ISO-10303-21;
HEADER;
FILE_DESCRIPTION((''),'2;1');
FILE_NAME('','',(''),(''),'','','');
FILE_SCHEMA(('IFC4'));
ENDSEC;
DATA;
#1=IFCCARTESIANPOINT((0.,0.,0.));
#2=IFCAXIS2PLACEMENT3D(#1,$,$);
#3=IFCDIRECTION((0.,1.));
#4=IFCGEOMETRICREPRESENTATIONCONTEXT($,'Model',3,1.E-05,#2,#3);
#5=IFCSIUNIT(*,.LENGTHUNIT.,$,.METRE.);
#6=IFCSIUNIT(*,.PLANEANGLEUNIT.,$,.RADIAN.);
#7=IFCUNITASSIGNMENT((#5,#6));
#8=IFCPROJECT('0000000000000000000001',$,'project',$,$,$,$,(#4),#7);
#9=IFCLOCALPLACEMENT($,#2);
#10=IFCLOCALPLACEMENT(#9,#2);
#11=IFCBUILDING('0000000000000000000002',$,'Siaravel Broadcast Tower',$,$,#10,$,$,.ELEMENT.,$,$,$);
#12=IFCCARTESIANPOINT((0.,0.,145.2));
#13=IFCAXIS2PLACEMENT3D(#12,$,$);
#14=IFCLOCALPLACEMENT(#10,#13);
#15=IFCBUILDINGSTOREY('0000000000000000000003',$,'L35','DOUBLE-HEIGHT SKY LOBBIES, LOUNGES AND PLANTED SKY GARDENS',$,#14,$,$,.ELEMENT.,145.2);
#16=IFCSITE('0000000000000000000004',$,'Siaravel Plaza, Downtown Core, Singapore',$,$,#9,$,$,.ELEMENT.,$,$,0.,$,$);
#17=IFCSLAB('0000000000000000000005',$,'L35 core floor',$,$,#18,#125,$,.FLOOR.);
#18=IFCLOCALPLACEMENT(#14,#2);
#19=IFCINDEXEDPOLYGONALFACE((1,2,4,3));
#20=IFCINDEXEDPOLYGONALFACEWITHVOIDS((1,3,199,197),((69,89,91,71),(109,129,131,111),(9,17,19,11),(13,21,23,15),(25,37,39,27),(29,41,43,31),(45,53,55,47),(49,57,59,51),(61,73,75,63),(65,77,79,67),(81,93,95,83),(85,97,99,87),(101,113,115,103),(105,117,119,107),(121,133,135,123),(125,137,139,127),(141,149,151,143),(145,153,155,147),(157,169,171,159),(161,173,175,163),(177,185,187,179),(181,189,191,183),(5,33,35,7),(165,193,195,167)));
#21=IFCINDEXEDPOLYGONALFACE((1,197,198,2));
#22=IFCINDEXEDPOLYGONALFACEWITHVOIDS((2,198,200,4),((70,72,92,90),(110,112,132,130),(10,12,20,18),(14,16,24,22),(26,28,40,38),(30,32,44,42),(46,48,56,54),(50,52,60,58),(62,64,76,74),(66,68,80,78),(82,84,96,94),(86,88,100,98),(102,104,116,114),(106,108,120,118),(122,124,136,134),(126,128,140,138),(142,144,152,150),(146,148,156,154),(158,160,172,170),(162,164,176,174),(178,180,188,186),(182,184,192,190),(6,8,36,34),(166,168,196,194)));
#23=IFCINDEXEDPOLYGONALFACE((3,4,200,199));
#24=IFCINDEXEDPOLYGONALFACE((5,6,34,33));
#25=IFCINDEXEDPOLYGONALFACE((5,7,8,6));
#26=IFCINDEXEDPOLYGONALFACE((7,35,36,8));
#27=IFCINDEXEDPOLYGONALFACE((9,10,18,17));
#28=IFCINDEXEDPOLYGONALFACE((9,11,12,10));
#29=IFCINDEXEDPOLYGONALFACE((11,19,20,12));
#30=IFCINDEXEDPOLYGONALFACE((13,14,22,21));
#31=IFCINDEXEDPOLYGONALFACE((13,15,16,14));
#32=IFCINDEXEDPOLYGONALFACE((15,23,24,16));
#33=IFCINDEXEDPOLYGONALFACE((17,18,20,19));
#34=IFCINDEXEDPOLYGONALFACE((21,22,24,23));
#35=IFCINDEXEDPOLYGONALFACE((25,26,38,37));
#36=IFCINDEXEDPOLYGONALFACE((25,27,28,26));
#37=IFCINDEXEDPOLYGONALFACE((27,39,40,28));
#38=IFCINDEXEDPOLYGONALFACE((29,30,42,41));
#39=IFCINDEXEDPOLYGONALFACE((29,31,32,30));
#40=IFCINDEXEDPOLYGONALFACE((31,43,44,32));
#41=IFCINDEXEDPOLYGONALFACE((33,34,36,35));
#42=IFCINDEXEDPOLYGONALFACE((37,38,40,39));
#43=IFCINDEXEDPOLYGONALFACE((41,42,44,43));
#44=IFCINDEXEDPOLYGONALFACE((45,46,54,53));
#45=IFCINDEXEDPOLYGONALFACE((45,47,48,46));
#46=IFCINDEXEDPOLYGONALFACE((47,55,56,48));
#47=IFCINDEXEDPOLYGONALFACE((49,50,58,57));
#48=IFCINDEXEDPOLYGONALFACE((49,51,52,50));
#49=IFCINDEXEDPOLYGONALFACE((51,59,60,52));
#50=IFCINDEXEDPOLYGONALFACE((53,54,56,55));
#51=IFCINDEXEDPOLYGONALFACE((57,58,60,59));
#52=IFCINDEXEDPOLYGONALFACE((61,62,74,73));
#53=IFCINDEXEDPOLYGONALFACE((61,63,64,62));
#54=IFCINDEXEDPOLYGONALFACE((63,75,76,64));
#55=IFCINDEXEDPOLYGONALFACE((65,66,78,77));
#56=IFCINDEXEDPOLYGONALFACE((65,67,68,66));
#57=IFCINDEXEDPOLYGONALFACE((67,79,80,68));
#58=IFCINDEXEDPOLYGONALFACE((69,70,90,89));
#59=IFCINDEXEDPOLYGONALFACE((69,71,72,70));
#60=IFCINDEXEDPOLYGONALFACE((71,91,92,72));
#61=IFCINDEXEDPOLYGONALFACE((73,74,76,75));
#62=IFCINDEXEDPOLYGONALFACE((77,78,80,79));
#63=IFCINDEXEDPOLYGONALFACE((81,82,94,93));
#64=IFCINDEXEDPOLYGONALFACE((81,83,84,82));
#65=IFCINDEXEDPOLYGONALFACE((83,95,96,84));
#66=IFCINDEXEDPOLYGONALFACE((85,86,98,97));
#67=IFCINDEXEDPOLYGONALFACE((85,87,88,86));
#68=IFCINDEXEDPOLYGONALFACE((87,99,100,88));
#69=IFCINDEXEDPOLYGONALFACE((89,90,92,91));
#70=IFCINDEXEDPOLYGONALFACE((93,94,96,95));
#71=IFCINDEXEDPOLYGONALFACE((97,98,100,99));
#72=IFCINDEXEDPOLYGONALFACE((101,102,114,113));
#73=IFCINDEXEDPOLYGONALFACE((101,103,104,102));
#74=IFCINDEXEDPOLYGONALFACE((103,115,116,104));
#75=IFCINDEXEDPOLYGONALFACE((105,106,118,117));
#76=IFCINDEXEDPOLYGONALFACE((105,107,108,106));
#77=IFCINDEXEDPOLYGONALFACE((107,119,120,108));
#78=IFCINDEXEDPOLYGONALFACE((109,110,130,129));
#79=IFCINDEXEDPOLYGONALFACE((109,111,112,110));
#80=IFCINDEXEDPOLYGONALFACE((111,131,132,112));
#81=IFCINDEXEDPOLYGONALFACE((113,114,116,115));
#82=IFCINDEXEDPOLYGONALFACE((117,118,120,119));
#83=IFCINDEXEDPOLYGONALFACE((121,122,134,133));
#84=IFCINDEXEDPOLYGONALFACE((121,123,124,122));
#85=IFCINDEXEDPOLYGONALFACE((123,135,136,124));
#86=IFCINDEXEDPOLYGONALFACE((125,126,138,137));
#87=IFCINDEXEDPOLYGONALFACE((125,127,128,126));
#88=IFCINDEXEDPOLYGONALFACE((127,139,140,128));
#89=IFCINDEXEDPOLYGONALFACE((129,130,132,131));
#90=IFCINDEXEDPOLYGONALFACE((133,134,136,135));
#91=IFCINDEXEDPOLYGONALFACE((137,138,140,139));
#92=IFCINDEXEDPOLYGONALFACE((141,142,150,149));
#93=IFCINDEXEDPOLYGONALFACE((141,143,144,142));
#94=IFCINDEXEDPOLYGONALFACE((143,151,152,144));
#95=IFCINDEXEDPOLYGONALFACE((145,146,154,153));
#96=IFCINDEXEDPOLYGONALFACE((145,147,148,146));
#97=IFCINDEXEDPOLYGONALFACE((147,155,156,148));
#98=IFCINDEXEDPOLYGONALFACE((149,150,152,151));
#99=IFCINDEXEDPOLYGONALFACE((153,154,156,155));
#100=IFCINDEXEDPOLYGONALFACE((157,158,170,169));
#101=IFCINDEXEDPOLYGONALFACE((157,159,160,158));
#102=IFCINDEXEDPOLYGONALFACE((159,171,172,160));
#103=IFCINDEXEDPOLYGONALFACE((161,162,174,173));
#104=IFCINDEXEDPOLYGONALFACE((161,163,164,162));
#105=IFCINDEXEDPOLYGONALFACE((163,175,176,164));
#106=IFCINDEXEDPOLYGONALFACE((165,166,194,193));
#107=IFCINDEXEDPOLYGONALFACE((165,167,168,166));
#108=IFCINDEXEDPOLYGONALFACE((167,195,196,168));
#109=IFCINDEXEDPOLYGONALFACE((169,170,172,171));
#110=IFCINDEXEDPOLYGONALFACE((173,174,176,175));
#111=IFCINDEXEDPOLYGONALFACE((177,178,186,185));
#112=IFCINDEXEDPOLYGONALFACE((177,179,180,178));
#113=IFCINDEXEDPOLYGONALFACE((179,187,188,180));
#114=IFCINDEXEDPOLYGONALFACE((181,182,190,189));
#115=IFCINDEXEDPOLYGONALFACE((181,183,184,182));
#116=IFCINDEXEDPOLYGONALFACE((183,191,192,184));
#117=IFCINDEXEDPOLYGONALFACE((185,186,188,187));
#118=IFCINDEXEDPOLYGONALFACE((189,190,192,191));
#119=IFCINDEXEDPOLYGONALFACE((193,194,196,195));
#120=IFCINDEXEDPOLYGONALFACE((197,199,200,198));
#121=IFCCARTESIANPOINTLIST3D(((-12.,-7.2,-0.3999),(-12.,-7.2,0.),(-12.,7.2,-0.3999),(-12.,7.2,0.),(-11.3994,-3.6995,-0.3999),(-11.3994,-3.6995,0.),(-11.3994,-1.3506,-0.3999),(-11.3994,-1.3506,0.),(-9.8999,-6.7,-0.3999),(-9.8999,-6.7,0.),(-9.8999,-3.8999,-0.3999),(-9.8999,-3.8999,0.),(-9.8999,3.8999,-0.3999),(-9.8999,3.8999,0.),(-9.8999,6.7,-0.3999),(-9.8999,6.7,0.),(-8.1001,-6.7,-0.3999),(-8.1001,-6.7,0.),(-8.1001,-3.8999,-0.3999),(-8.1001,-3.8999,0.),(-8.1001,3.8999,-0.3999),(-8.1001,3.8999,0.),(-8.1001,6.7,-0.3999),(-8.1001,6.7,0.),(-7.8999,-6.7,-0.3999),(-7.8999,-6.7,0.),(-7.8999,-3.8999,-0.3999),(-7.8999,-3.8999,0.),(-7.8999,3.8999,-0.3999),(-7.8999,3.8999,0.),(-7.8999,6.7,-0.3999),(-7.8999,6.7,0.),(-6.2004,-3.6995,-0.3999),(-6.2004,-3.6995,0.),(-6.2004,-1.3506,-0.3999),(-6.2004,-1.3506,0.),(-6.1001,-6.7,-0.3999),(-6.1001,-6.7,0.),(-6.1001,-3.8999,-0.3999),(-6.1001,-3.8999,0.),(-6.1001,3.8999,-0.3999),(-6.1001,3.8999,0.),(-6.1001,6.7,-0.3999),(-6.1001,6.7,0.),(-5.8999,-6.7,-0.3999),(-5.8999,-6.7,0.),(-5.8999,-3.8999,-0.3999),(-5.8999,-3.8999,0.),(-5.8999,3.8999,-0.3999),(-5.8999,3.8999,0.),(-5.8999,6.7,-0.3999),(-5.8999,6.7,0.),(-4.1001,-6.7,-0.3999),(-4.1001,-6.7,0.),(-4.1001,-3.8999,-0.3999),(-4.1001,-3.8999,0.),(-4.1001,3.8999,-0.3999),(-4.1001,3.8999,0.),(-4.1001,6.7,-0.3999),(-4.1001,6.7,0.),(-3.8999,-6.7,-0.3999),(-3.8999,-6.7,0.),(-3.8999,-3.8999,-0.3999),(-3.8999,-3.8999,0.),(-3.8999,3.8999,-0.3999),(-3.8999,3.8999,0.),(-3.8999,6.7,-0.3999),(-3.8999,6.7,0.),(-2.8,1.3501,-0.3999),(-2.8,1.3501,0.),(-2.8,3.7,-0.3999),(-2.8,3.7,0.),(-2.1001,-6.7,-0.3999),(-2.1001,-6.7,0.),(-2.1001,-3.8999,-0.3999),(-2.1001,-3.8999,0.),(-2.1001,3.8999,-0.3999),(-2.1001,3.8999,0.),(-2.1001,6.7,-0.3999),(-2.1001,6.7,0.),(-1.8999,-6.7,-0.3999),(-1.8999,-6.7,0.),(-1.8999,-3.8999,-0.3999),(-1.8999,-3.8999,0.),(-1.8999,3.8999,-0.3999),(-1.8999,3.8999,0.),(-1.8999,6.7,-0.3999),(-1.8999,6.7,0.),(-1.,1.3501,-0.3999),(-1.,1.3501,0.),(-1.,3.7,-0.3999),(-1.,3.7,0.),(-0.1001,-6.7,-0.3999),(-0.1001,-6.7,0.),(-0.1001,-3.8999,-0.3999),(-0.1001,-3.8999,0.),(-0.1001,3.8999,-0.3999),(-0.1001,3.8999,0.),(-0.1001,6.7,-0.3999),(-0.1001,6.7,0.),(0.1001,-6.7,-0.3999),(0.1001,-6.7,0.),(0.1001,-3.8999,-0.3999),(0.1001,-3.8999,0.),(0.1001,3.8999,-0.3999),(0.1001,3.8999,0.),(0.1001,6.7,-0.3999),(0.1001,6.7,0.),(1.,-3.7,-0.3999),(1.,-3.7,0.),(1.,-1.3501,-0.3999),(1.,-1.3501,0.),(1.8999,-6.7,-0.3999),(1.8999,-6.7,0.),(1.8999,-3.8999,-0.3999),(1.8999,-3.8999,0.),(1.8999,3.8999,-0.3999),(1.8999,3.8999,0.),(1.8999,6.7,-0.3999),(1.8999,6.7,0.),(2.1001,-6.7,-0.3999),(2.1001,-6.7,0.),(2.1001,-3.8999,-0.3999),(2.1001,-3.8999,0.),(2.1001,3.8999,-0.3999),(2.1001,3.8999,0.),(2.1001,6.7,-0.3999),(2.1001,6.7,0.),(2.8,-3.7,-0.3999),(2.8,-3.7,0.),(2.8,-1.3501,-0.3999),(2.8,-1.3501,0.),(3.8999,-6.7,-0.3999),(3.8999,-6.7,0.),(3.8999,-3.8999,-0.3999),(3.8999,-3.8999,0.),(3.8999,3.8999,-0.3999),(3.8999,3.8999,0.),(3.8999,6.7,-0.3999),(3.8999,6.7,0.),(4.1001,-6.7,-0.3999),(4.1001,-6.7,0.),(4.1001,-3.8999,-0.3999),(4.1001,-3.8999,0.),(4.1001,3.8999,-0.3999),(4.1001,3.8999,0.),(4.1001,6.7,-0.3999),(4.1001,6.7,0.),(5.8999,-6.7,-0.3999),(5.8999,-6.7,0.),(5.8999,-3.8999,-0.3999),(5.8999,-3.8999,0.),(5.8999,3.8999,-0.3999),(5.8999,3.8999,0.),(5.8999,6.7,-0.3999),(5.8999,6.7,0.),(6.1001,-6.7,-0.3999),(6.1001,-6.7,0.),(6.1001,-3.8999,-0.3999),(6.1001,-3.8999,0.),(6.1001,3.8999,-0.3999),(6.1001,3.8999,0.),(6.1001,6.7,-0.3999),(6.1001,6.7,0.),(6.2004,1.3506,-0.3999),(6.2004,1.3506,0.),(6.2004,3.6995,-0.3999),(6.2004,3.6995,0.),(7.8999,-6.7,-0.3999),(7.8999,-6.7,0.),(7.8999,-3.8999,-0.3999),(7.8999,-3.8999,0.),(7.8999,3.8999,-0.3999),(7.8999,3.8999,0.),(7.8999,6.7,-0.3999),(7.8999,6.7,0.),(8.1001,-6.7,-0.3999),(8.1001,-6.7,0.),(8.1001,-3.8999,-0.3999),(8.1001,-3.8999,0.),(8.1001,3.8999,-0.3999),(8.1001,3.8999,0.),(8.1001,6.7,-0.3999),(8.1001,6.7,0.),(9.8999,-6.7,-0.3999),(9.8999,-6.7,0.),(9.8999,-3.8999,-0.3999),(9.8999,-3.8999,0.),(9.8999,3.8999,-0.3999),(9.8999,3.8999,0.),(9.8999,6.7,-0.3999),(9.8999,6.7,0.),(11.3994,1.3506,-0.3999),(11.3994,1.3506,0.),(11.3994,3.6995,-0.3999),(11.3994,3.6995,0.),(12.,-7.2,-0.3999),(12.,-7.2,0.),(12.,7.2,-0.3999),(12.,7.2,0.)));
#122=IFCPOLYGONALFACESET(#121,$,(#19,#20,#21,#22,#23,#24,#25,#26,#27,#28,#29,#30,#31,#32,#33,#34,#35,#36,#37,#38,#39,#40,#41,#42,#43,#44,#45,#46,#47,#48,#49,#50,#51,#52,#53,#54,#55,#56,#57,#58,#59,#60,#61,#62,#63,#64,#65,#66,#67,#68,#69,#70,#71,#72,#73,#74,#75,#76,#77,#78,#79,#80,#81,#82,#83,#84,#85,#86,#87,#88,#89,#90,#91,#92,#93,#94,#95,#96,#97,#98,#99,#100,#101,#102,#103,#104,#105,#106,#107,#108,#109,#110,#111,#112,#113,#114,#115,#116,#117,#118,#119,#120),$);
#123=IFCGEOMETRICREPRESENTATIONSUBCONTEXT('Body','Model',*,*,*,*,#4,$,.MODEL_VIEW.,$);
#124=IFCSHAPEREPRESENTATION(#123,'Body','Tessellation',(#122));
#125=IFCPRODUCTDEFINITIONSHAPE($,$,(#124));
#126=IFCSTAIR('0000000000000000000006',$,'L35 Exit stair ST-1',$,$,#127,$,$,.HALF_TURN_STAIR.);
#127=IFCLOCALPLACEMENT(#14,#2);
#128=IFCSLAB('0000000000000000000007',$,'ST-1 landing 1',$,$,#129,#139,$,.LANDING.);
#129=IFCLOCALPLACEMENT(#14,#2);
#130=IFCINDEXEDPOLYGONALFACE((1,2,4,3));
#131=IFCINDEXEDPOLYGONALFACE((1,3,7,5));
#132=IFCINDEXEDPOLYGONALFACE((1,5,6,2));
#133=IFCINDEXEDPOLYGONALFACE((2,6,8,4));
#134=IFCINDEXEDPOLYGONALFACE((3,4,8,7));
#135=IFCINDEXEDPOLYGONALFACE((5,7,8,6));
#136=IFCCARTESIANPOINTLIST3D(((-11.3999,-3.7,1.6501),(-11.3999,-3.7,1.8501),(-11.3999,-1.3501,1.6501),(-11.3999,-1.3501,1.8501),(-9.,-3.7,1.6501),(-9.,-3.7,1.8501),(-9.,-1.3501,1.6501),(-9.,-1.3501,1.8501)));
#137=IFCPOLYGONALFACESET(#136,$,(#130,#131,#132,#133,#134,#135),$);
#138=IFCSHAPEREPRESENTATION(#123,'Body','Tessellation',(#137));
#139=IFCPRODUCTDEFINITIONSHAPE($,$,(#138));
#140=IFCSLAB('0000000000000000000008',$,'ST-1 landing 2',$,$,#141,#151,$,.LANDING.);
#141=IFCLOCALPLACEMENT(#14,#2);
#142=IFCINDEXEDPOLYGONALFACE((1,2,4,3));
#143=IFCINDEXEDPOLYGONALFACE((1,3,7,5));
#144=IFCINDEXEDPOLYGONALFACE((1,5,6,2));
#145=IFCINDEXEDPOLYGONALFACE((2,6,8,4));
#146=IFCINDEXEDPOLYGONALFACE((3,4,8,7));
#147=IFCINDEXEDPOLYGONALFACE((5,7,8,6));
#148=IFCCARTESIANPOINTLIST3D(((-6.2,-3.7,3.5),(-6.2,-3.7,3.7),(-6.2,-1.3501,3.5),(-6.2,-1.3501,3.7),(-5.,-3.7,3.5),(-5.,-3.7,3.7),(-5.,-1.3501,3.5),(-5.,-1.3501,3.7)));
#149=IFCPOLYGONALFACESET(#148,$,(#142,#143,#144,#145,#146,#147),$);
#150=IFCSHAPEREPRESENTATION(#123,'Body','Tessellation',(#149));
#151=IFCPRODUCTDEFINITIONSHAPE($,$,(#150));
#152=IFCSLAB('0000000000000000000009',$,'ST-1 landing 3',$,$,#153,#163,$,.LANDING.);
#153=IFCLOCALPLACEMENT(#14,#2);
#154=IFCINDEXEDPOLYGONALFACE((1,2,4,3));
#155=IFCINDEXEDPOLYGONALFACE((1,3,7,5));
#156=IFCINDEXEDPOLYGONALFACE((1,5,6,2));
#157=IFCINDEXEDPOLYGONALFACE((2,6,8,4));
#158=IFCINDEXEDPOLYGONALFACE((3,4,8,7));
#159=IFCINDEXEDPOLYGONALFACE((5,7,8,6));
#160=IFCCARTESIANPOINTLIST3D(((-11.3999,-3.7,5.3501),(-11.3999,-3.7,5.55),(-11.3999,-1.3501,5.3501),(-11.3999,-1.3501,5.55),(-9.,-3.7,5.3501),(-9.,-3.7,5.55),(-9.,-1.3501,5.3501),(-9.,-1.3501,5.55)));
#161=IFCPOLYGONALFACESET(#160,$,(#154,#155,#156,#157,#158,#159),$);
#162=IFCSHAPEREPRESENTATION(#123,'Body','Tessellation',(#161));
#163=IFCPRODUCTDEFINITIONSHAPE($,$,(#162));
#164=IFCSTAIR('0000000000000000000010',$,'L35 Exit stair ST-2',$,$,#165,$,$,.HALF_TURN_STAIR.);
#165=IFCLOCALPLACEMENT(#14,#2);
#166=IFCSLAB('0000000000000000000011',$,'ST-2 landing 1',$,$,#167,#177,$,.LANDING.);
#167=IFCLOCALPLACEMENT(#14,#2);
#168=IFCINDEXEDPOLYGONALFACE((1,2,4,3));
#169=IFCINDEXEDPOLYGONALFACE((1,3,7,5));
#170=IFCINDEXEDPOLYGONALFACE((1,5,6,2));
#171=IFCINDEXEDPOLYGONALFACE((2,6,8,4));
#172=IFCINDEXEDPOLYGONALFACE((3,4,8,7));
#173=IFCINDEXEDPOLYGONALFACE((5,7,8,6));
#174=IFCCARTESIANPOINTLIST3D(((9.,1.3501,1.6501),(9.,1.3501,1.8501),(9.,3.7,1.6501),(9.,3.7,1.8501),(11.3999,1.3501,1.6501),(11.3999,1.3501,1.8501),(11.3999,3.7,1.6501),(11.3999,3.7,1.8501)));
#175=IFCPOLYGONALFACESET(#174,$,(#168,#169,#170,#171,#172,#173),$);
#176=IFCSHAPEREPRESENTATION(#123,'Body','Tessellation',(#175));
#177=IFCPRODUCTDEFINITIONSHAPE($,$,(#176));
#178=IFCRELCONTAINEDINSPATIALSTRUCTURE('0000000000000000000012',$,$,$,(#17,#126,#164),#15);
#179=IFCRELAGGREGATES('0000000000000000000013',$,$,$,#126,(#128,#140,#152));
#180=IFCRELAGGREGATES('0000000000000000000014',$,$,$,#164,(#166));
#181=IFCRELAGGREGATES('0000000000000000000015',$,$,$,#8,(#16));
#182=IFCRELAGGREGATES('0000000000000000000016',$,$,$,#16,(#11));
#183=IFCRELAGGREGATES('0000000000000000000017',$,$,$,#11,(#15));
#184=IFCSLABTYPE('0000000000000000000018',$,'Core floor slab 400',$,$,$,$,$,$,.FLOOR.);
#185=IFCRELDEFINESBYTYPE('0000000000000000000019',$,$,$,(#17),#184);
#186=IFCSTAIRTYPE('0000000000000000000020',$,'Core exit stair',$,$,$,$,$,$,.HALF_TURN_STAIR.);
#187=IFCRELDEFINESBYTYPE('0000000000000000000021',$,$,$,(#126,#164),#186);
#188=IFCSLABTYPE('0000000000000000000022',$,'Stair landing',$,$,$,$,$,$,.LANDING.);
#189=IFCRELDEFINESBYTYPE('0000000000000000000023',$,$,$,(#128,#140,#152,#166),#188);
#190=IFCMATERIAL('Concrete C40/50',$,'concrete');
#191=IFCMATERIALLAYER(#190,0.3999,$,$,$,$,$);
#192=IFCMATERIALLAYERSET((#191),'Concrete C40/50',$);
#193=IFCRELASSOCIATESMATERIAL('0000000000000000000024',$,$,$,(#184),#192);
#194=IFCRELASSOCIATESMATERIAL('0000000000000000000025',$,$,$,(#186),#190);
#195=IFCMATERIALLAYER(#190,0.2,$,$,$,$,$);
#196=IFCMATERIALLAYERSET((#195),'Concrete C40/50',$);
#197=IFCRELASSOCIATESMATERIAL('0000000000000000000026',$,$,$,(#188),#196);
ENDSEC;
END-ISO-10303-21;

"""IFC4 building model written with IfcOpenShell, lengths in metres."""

from ifc_helpers import new_model, si_unit, direction, frame, origin, place, context, subcontext, project, spatial, polyline, outline, extrude, material, layer, layer_set, type_object, element, aggregate, save


model = new_model("IFC4")

# Units and contexts
model_context = context("Model", 3, precision=1e-05, world=origin(), true_north=direction((0.0, 1.0)))
body_context = subcontext(model_context, "Body", "Model", "MODEL_VIEW")
ifc_project = project(units=[si_unit("LENGTHUNIT", "METRE"), si_unit("PLANEANGLEUNIT", "RADIAN")], contexts=[model_context])

# Site, building, storey
site_placement = place(None, origin())
site = spatial("IfcSite", under=ifc_project, at=site_placement, Name="Siaravel Plaza, Downtown Core, Singapore", CompositionType="ELEMENT", RefElevation=0.0)
building_placement = place(site_placement, origin())
building = spatial("IfcBuilding", under=site, at=building_placement, Name="Siaravel Broadcast Tower", CompositionType="ELEMENT")
storey_placement = place(building_placement, frame((0.0, 0.0, 145.2)))
storey = spatial("IfcBuildingStorey", under=building, at=storey_placement, Name="L35", Description="DOUBLE-HEIGHT SKY LOBBIES, LOUNGES AND PLANTED SKY GARDENS", CompositionType="ELEMENT", Elevation=145.2)

# Slab
ifc_material_1 = material(Name="Concrete C40/50", Category="concrete")
ifc_layer_1 = layer(ifc_material_1, 0.3999)
ifc_layer_set_1 = layer_set([ifc_layer_1], Name="Concrete C40/50")
slab_type_1 = type_object("IfcSlabType", Name="Core floor slab 400", PredefinedType="FLOOR", material=ifc_layer_set_1)
slab_1_placement = place(storey_placement, frame((0.0, 0.0, -0.3999)))
element("IfcSlab", 1, at=slab_1_placement, inside=storey, type_object=slab_type_1, Name="L35 core floor", PredefinedType="FLOOR", context=body_context, shape_type="SweptSolid", body=[
    extrude(outline(polyline([(-12.0, -7.2), (-12.0, 7.2), (12.0, 7.2), (12.0, -7.2), (-12.0, -7.2)]), holes=[polyline([(11.3994, 1.3506), (11.3994, 3.6995), (6.2004, 3.6995), (6.2004, 1.3506), (11.3994, 1.3506)]), polyline([(9.8999, 3.8999), (9.8999, 6.7), (8.1001, 6.7), (8.1001, 3.8999), (9.8999, 3.8999)]), polyline([(9.8999, -6.7), (9.8999, -3.8999), (8.1001, -3.8999), (8.1001, -6.7), (9.8999, -6.7)]), polyline([(7.8999, -3.8999), (6.1001, -3.8999), (6.1001, -6.7), (7.8999, -6.7), (7.8999, -3.8999)]), polyline([(7.8999, 3.8999), (7.8999, 6.7), (6.1001, 6.7), (6.1001, 3.8999), (7.8999, 3.8999)]), polyline([(5.8999, 6.7), (4.1001, 6.7), (4.1001, 3.8999), (5.8999, 3.8999), (5.8999, 6.7)]), polyline([(5.8999, -6.7), (5.8999, -3.8999), (4.1001, -3.8999), (4.1001, -6.7), (5.8999, -6.7)]), polyline([(3.8999, 3.8999), (3.8999, 6.7), (2.1001, 6.7), (2.1001, 3.8999), (3.8999, 3.8999)]), polyline([(3.8999, -6.7), (3.8999, -3.8999), (2.1001, -3.8999), (2.1001, -6.7), (3.8999, -6.7)]), polyline([(2.8, -3.7), (2.8, -1.3501), (1.0, -1.3501), (1.0, -3.7), (2.8, -3.7)]), polyline([(1.8999, 3.8999), (1.8999, 6.7), (0.1001, 6.7), (0.1001, 3.8999), (1.8999, 3.8999)]), polyline([(1.8999, -3.8999), (0.1001, -3.8999), (0.1001, -6.7), (1.8999, -6.7), (1.8999, -3.8999)]), polyline([(-0.1001, 3.8999), (-0.1001, 6.7), (-1.8999, 6.7), (-1.8999, 3.8999), (-0.1001, 3.8999)]), polyline([(-0.1001, -6.7), (-0.1001, -3.8999), (-1.8999, -3.8999), (-1.8999, -6.7), (-0.1001, -6.7)]), polyline([(-1.0, 3.7), (-2.8, 3.7), (-2.8, 1.3501), (-1.0, 1.3501), (-1.0, 3.7)]), polyline([(-2.1001, -3.8999), (-3.8999, -3.8999), (-3.8999, -6.7), (-2.1001, -6.7), (-2.1001, -3.8999)]), polyline([(-2.1001, 3.8999), (-2.1001, 6.7), (-3.8999, 6.7), (-3.8999, 3.8999), (-2.1001, 3.8999)]), polyline([(-4.1001, 6.7), (-5.8999, 6.7), (-5.8999, 3.8999), (-4.1001, 3.8999), (-4.1001, 6.7)]), polyline([(-4.1001, -6.7), (-4.1001, -3.8999), (-5.8999, -3.8999), (-5.8999, -6.7), (-4.1001, -6.7)]), polyline([(-6.1001, 3.8999), (-6.1001, 6.7), (-7.8999, 6.7), (-7.8999, 3.8999), (-6.1001, 3.8999)]), polyline([(-6.1001, -6.7), (-6.1001, -3.8999), (-7.8999, -3.8999), (-7.8999, -6.7), (-6.1001, -6.7)]), polyline([(-6.2004, -1.3506), (-11.3994, -1.3506), (-11.3994, -3.6995), (-6.2004, -3.6995), (-6.2004, -1.3506)]), polyline([(-8.1001, 3.8999), (-8.1001, 6.7), (-9.8999, 6.7), (-9.8999, 3.8999), (-8.1001, 3.8999)]), polyline([(-8.1001, -3.8999), (-9.8999, -3.8999), (-9.8999, -6.7), (-8.1001, -6.7), (-8.1001, -3.8999)])]), origin(), (0.0, 0.0, 1.0), 0.3999),
])

# Stairs, slabs
stair_type = type_object("IfcStairType", Name="Core exit stair", PredefinedType="HALF_TURN_STAIR", material=ifc_material_1)
stair_1_placement = place(storey_placement, origin())
stair_1 = element("IfcStair", 2, at=stair_1_placement, inside=storey, type_object=stair_type, Name="L35 Exit stair ST-1", PredefinedType="HALF_TURN_STAIR")
ifc_layer_2 = layer(ifc_material_1, 0.2)
ifc_layer_set_2 = layer_set([ifc_layer_2], Name="Concrete C40/50")
slab_type_2 = type_object("IfcSlabType", Name="Stair landing", PredefinedType="LANDING", material=ifc_layer_set_2)
slab_2_placement = place(storey_placement, frame((0.0, 0.0, 1.6501)))
slab_2 = element("IfcSlab", 3, at=slab_2_placement, type_object=slab_type_2, Name="ST-1 landing 1", PredefinedType="LANDING", context=body_context, shape_type="SweptSolid", body=[
    extrude(outline(polyline([(-9.0, -1.3501), (-11.3999, -1.3501), (-11.3999, -3.7), (-9.0, -3.7), (-9.0, -1.3501)])), origin(), (0.0, 0.0, 1.0), 0.2),
])
slab_3_placement = place(storey_placement, frame((0.0, 0.0, 3.5)))
slab_3 = element("IfcSlab", 4, at=slab_3_placement, type_object=slab_type_2, Name="ST-1 landing 2", PredefinedType="LANDING", context=body_context, shape_type="SweptSolid", body=[
    extrude(outline(polyline([(-5.0, -1.3501), (-6.2, -1.3501), (-6.2, -3.7), (-5.0, -3.7), (-5.0, -1.3501)])), origin(), (0.0, 0.0, 1.0), 0.2),
])
slab_4_placement = place(storey_placement, frame((0.0, 0.0, 5.3501)))
slab_4 = element("IfcSlab", 5, at=slab_4_placement, type_object=slab_type_2, Name="ST-1 landing 3", PredefinedType="LANDING", context=body_context, shape_type="SweptSolid", body=[
    extrude(outline(polyline([(-9.0, -1.3501), (-11.3999, -1.3501), (-11.3999, -3.7), (-9.0, -3.7), (-9.0, -1.3501)])), origin(), (0.0, 0.0, 1.0), 0.2),
])
aggregate(stair_1, [slab_2, slab_3, slab_4])
stair_2_placement = place(storey_placement, origin())
stair_2 = element("IfcStair", 6, at=stair_2_placement, inside=storey, type_object=stair_type, Name="L35 Exit stair ST-2", PredefinedType="HALF_TURN_STAIR")
slab_5_placement = place(storey_placement, frame((0.0, 0.0, 1.6501)))
slab_5 = element("IfcSlab", 7, at=slab_5_placement, type_object=slab_type_2, Name="ST-2 landing 1", PredefinedType="LANDING", context=body_context, shape_type="SweptSolid", body=[
    extrude(outline(polyline([(9.0, 1.3501), (11.3999, 1.3501), (11.3999, 3.7), (9.0, 3.7), (9.0, 1.3501)])), origin(), (0.0, 0.0, 1.0), 0.2),
])
aggregate(stair_2, [slab_5])

save(model, "model.ifc")
